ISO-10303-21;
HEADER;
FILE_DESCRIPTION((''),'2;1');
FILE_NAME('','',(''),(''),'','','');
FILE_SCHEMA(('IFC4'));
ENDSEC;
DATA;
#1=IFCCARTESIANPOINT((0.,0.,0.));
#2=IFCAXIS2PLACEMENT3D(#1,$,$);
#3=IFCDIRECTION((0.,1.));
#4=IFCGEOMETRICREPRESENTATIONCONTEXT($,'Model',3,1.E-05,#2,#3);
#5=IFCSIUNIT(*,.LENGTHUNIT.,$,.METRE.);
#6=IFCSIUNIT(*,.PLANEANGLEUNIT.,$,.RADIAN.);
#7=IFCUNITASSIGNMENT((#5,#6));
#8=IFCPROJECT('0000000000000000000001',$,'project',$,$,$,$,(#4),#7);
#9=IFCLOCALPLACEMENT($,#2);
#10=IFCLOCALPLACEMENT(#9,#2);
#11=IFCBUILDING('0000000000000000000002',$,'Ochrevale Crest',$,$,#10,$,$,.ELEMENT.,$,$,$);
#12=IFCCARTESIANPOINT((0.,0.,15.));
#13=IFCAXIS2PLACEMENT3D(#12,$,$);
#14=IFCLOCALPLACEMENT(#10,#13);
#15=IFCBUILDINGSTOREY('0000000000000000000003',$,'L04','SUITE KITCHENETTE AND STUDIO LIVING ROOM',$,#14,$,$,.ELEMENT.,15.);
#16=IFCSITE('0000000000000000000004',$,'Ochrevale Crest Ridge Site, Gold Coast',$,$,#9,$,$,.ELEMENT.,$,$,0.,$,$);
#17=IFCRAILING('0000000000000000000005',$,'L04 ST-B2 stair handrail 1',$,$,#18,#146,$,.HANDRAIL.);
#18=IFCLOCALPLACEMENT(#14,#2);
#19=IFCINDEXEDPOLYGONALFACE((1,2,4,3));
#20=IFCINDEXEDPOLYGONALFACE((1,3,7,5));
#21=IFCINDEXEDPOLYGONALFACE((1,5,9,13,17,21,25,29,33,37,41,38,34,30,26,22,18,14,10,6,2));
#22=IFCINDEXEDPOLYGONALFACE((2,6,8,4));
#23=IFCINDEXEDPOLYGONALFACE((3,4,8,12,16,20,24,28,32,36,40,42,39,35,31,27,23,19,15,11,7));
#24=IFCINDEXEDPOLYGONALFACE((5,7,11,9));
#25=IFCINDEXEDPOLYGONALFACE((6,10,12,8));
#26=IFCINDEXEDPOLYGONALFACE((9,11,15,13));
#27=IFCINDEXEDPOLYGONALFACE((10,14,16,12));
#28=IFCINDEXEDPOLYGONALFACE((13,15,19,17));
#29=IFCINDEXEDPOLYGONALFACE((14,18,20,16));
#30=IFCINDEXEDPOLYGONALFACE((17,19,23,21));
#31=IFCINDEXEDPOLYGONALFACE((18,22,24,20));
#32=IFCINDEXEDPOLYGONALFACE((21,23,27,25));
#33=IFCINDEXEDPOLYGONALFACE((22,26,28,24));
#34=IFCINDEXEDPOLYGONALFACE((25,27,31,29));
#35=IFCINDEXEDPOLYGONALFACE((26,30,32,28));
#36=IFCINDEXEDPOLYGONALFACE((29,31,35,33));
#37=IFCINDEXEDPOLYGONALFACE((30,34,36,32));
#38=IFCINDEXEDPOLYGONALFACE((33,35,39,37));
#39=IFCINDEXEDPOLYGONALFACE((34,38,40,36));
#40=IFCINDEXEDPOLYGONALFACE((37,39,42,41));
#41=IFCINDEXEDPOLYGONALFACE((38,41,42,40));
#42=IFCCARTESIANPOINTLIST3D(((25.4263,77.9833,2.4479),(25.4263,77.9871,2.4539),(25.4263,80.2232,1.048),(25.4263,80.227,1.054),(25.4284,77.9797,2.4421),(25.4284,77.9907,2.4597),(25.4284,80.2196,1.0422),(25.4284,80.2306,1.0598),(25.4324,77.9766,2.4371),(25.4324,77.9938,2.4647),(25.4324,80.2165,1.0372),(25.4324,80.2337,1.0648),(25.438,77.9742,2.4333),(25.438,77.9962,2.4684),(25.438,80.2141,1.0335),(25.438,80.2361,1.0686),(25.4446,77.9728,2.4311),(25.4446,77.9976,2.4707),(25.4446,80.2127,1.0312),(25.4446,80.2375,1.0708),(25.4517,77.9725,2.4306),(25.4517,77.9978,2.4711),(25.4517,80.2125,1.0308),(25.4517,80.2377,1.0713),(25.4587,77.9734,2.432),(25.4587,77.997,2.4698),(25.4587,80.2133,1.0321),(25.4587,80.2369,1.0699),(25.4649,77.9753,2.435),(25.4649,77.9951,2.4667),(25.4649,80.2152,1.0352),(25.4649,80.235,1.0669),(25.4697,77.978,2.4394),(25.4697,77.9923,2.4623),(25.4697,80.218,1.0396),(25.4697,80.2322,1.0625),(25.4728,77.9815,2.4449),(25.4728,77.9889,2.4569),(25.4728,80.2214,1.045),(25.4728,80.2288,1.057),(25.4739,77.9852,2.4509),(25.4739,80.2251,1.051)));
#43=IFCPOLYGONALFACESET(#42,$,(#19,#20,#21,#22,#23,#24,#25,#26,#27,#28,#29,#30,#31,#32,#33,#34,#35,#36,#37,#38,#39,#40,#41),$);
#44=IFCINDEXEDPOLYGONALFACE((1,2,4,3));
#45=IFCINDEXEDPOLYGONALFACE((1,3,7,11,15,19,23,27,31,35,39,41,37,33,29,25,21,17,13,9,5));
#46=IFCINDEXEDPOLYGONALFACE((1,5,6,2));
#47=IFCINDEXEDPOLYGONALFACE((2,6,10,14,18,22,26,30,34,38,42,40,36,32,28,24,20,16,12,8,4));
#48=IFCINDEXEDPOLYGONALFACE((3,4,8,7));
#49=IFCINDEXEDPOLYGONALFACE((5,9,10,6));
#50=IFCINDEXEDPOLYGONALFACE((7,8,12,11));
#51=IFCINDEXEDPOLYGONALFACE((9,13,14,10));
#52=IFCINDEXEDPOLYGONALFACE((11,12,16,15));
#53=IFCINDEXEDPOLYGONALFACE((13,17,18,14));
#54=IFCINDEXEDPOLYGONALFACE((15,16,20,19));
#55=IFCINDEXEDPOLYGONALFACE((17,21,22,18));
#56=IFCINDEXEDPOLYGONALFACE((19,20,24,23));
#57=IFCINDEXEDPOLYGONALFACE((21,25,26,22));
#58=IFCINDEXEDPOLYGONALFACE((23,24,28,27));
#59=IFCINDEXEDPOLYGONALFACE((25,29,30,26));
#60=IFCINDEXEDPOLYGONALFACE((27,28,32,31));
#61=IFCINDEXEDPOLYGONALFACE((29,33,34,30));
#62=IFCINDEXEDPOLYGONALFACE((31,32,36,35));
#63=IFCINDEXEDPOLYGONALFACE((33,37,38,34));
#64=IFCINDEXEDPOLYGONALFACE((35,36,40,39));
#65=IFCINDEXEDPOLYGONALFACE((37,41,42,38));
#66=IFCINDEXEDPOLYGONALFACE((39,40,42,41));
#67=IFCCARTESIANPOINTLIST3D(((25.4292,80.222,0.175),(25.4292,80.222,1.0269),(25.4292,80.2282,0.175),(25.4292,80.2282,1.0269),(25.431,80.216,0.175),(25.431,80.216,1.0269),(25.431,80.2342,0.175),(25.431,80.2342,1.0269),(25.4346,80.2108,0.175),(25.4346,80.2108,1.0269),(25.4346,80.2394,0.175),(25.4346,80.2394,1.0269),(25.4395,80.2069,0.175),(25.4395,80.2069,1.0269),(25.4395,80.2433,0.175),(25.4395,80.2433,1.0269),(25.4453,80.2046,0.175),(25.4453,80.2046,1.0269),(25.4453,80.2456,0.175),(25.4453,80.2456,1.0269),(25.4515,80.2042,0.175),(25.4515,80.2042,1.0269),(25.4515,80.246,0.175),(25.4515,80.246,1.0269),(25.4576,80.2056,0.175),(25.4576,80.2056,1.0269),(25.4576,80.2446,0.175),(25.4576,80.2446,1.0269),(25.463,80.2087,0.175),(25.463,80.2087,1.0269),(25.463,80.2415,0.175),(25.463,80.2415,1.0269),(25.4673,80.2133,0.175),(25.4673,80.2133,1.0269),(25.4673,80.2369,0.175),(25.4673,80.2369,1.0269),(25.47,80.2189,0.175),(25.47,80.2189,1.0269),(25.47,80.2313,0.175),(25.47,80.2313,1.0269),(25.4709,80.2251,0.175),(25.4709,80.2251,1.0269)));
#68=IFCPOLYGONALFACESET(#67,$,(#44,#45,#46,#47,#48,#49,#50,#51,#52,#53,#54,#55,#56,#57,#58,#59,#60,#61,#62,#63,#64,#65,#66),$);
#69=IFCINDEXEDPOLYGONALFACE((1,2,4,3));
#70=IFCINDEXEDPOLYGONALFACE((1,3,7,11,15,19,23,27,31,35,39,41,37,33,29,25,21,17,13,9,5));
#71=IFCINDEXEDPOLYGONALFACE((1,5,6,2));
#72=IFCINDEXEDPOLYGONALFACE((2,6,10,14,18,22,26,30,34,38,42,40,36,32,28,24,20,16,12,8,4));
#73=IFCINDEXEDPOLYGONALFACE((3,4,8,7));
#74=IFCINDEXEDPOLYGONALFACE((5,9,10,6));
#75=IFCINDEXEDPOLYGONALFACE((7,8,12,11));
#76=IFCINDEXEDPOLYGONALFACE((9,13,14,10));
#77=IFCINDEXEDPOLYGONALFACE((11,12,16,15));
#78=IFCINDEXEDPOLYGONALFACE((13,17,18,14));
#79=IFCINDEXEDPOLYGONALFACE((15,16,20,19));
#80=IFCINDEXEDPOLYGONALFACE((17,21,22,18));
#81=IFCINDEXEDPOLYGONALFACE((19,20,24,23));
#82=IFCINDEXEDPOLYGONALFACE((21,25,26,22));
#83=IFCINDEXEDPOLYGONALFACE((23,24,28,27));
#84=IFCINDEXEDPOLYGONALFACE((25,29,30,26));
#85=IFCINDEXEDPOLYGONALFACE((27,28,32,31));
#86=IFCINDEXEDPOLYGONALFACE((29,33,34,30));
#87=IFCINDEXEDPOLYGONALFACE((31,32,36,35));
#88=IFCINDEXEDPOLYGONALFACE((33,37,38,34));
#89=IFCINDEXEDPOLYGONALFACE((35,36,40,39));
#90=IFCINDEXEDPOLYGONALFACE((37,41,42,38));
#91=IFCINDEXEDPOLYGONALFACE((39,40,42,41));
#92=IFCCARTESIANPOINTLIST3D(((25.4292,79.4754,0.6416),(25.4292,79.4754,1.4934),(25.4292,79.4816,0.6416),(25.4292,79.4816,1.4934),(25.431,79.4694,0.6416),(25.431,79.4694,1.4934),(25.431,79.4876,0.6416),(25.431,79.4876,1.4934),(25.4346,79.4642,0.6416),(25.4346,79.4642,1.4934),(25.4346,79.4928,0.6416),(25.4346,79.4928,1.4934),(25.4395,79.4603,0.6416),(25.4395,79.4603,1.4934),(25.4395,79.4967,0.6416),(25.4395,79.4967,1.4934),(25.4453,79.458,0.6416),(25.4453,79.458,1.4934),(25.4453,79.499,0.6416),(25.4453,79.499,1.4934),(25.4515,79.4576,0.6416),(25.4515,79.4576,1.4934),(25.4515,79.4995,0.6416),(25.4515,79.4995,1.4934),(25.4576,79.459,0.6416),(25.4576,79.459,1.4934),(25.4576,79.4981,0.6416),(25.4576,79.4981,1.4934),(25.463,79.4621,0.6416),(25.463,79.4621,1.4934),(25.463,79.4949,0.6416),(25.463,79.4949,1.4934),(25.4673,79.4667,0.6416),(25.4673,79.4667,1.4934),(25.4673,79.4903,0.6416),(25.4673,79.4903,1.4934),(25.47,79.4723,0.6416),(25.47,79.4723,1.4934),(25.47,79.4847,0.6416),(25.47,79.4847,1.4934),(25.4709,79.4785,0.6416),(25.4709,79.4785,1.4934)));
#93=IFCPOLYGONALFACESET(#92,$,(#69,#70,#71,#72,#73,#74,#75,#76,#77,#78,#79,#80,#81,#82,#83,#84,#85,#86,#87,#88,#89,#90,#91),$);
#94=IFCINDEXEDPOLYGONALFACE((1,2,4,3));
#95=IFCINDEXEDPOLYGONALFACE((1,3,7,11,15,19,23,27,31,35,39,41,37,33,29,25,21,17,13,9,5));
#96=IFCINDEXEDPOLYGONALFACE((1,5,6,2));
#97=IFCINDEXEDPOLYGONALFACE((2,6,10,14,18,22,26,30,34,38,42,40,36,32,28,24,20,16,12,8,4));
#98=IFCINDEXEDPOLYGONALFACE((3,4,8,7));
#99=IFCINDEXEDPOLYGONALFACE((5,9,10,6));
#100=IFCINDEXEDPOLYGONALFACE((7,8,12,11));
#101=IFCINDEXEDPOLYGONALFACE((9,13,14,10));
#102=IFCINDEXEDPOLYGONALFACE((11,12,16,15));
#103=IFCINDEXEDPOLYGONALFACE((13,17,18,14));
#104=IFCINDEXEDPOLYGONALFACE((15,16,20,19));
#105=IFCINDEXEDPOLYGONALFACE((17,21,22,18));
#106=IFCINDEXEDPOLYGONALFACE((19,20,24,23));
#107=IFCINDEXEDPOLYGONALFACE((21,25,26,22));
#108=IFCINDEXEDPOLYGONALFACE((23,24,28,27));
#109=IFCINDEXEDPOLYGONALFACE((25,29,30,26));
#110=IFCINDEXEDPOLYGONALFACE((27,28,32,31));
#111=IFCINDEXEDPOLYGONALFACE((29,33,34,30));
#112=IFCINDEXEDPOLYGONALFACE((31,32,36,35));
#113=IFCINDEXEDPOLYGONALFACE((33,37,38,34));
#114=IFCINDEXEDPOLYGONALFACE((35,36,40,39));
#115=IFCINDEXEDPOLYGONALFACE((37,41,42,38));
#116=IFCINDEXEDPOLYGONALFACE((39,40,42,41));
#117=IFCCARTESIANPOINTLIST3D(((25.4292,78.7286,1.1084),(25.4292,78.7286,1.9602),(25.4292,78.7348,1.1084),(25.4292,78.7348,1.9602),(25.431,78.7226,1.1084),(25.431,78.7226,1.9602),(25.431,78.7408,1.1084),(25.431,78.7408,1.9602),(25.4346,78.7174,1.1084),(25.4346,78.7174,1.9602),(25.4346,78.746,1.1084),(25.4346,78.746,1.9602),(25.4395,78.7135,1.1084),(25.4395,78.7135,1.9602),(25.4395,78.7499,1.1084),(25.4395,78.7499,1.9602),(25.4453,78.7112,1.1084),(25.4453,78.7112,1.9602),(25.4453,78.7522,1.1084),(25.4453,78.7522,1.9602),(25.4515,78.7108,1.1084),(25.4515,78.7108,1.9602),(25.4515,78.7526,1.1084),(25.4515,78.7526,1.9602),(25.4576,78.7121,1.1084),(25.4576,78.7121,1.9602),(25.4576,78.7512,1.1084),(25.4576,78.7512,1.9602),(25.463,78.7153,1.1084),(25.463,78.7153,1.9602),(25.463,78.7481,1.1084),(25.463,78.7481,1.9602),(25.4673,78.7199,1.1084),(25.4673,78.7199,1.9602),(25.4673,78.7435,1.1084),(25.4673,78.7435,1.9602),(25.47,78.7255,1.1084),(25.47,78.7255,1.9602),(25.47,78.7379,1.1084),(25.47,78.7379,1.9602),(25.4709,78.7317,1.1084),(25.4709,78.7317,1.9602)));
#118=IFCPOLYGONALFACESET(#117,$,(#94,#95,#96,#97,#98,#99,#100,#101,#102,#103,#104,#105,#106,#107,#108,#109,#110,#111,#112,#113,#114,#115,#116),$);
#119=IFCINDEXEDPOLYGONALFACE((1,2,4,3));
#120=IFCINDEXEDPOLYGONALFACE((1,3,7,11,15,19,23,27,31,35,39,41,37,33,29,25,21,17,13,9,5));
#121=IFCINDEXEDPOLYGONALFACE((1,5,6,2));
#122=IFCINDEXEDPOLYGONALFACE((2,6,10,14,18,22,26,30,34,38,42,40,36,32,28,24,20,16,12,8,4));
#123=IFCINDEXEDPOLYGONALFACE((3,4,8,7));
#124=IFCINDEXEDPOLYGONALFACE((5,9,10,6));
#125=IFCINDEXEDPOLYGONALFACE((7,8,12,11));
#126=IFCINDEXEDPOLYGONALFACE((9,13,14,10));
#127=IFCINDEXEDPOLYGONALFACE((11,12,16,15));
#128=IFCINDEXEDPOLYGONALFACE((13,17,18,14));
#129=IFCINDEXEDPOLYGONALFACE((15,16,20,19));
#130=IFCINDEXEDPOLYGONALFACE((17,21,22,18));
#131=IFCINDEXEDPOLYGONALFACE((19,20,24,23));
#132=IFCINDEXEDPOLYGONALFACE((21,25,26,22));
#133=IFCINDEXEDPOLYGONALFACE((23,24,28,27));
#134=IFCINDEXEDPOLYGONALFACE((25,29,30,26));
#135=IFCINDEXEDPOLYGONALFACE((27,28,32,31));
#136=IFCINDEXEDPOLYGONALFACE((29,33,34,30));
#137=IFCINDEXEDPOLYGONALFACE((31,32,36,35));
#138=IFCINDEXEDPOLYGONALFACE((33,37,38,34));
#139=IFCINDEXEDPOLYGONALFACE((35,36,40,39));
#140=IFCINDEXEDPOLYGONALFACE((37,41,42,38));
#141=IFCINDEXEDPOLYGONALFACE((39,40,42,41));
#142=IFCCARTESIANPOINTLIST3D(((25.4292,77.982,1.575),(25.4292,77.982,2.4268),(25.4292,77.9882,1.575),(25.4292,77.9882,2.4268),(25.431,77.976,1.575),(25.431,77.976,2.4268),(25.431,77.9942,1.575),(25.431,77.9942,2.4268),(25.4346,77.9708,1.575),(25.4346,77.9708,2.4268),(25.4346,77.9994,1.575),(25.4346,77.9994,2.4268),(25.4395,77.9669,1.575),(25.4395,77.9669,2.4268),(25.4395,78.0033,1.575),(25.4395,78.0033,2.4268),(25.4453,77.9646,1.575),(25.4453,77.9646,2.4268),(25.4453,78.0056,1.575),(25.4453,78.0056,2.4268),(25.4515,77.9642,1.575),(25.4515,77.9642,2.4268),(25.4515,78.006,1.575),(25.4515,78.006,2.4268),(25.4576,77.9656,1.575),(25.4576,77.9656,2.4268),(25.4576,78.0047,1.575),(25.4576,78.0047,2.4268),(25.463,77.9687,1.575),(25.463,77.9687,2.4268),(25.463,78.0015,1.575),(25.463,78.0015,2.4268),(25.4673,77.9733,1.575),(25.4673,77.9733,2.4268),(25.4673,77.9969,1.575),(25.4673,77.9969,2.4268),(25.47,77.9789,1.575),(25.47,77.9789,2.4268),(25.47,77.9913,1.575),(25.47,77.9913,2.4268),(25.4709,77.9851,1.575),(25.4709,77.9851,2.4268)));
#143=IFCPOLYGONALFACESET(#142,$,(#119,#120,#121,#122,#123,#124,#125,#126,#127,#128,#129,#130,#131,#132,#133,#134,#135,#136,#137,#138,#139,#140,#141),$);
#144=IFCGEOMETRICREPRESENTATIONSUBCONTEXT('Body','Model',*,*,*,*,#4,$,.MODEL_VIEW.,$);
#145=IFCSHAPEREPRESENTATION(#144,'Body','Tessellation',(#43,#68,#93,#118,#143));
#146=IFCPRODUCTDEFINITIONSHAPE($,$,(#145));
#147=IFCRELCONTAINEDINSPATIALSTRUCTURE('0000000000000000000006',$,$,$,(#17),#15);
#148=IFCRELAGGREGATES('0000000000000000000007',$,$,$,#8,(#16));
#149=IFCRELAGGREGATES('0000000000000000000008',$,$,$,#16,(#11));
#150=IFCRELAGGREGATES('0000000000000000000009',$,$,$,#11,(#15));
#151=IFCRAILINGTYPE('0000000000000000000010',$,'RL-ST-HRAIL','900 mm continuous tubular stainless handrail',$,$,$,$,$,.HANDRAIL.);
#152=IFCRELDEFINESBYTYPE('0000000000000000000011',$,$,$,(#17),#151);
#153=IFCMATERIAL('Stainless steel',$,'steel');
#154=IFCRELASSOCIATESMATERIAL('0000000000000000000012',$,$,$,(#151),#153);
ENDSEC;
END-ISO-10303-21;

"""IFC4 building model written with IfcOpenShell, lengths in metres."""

from ifc_helpers import new_model, si_unit, direction, frame, origin, origin_2d, place, context, subcontext, project, spatial, circle, extrude, material, type_object, element, save


model = new_model("IFC4")

# Units and contexts
model_context = context("Model", 3, precision=1e-05, world=origin(), true_north=direction((0.0, 1.0)))
body_context = subcontext(model_context, "Body", "Model", "MODEL_VIEW")
ifc_project = project(units=[si_unit("LENGTHUNIT", "METRE"), si_unit("PLANEANGLEUNIT", "RADIAN")], contexts=[model_context])

# Site, building, storey
site_placement = place(None, origin())
site = spatial("IfcSite", under=ifc_project, at=site_placement, Name="Ochrevale Crest Ridge Site, Gold Coast", CompositionType="ELEMENT", RefElevation=0.0)
building_placement = place(site_placement, origin())
building = spatial("IfcBuilding", under=site, at=building_placement, Name="Ochrevale Crest", CompositionType="ELEMENT")
storey_placement = place(building_placement, frame((0.0, 0.0, 15.0)))
storey = spatial("IfcBuildingStorey", under=building, at=storey_placement, Name="L04", Description="SUITE KITCHENETTE AND STUDIO LIVING ROOM", CompositionType="ELEMENT", Elevation=15.0)

# Railing
ifc_material_1 = material(Name="Stainless steel", Category="steel")
railing_type_1 = type_object("IfcRailingType", Name="RL-ST-HRAIL", Description="900 mm continuous tubular stainless handrail", PredefinedType="HANDRAIL", material=ifc_material_1)
railing_1_placement = place(storey_placement, frame((25.45, 80.2251, 0.175)))
element("IfcRailing", 1, at=railing_1_placement, inside=storey, type_object=railing_type_1, Name="L04 ST-B2 stair handrail 1", PredefinedType="HANDRAIL", context=body_context, shape_type="SweptSolid", body=[
    extrude(circle(Radius=0.0239, at=origin_2d()), frame((0.0, 0.0, 0.876), z_axis=(0.0, -0.848014, 0.529974), x_axis=(1.0, 0.0, 0.0)), (0.0, 0.0, 1.0), 2.6414),
    extrude(circle(Radius=0.021, at=origin_2d()), origin(), (0.0, 0.0, 1.0), 0.8518),
    extrude(circle(Radius=0.021, at=origin_2d()), frame((0.0, -0.7466, 0.4666)), (0.0, 0.0, 1.0), 0.8518),
    extrude(circle(Radius=0.021, at=origin_2d()), frame((0.0, -1.4934, 0.9333)), (0.0, 0.0, 1.0), 0.8518),
    extrude(circle(Radius=0.021, at=origin_2d()), frame((0.0, -2.24, 1.3999)), (0.0, 0.0, 1.0), 0.8518),
])

save(model, "model.ifc")
